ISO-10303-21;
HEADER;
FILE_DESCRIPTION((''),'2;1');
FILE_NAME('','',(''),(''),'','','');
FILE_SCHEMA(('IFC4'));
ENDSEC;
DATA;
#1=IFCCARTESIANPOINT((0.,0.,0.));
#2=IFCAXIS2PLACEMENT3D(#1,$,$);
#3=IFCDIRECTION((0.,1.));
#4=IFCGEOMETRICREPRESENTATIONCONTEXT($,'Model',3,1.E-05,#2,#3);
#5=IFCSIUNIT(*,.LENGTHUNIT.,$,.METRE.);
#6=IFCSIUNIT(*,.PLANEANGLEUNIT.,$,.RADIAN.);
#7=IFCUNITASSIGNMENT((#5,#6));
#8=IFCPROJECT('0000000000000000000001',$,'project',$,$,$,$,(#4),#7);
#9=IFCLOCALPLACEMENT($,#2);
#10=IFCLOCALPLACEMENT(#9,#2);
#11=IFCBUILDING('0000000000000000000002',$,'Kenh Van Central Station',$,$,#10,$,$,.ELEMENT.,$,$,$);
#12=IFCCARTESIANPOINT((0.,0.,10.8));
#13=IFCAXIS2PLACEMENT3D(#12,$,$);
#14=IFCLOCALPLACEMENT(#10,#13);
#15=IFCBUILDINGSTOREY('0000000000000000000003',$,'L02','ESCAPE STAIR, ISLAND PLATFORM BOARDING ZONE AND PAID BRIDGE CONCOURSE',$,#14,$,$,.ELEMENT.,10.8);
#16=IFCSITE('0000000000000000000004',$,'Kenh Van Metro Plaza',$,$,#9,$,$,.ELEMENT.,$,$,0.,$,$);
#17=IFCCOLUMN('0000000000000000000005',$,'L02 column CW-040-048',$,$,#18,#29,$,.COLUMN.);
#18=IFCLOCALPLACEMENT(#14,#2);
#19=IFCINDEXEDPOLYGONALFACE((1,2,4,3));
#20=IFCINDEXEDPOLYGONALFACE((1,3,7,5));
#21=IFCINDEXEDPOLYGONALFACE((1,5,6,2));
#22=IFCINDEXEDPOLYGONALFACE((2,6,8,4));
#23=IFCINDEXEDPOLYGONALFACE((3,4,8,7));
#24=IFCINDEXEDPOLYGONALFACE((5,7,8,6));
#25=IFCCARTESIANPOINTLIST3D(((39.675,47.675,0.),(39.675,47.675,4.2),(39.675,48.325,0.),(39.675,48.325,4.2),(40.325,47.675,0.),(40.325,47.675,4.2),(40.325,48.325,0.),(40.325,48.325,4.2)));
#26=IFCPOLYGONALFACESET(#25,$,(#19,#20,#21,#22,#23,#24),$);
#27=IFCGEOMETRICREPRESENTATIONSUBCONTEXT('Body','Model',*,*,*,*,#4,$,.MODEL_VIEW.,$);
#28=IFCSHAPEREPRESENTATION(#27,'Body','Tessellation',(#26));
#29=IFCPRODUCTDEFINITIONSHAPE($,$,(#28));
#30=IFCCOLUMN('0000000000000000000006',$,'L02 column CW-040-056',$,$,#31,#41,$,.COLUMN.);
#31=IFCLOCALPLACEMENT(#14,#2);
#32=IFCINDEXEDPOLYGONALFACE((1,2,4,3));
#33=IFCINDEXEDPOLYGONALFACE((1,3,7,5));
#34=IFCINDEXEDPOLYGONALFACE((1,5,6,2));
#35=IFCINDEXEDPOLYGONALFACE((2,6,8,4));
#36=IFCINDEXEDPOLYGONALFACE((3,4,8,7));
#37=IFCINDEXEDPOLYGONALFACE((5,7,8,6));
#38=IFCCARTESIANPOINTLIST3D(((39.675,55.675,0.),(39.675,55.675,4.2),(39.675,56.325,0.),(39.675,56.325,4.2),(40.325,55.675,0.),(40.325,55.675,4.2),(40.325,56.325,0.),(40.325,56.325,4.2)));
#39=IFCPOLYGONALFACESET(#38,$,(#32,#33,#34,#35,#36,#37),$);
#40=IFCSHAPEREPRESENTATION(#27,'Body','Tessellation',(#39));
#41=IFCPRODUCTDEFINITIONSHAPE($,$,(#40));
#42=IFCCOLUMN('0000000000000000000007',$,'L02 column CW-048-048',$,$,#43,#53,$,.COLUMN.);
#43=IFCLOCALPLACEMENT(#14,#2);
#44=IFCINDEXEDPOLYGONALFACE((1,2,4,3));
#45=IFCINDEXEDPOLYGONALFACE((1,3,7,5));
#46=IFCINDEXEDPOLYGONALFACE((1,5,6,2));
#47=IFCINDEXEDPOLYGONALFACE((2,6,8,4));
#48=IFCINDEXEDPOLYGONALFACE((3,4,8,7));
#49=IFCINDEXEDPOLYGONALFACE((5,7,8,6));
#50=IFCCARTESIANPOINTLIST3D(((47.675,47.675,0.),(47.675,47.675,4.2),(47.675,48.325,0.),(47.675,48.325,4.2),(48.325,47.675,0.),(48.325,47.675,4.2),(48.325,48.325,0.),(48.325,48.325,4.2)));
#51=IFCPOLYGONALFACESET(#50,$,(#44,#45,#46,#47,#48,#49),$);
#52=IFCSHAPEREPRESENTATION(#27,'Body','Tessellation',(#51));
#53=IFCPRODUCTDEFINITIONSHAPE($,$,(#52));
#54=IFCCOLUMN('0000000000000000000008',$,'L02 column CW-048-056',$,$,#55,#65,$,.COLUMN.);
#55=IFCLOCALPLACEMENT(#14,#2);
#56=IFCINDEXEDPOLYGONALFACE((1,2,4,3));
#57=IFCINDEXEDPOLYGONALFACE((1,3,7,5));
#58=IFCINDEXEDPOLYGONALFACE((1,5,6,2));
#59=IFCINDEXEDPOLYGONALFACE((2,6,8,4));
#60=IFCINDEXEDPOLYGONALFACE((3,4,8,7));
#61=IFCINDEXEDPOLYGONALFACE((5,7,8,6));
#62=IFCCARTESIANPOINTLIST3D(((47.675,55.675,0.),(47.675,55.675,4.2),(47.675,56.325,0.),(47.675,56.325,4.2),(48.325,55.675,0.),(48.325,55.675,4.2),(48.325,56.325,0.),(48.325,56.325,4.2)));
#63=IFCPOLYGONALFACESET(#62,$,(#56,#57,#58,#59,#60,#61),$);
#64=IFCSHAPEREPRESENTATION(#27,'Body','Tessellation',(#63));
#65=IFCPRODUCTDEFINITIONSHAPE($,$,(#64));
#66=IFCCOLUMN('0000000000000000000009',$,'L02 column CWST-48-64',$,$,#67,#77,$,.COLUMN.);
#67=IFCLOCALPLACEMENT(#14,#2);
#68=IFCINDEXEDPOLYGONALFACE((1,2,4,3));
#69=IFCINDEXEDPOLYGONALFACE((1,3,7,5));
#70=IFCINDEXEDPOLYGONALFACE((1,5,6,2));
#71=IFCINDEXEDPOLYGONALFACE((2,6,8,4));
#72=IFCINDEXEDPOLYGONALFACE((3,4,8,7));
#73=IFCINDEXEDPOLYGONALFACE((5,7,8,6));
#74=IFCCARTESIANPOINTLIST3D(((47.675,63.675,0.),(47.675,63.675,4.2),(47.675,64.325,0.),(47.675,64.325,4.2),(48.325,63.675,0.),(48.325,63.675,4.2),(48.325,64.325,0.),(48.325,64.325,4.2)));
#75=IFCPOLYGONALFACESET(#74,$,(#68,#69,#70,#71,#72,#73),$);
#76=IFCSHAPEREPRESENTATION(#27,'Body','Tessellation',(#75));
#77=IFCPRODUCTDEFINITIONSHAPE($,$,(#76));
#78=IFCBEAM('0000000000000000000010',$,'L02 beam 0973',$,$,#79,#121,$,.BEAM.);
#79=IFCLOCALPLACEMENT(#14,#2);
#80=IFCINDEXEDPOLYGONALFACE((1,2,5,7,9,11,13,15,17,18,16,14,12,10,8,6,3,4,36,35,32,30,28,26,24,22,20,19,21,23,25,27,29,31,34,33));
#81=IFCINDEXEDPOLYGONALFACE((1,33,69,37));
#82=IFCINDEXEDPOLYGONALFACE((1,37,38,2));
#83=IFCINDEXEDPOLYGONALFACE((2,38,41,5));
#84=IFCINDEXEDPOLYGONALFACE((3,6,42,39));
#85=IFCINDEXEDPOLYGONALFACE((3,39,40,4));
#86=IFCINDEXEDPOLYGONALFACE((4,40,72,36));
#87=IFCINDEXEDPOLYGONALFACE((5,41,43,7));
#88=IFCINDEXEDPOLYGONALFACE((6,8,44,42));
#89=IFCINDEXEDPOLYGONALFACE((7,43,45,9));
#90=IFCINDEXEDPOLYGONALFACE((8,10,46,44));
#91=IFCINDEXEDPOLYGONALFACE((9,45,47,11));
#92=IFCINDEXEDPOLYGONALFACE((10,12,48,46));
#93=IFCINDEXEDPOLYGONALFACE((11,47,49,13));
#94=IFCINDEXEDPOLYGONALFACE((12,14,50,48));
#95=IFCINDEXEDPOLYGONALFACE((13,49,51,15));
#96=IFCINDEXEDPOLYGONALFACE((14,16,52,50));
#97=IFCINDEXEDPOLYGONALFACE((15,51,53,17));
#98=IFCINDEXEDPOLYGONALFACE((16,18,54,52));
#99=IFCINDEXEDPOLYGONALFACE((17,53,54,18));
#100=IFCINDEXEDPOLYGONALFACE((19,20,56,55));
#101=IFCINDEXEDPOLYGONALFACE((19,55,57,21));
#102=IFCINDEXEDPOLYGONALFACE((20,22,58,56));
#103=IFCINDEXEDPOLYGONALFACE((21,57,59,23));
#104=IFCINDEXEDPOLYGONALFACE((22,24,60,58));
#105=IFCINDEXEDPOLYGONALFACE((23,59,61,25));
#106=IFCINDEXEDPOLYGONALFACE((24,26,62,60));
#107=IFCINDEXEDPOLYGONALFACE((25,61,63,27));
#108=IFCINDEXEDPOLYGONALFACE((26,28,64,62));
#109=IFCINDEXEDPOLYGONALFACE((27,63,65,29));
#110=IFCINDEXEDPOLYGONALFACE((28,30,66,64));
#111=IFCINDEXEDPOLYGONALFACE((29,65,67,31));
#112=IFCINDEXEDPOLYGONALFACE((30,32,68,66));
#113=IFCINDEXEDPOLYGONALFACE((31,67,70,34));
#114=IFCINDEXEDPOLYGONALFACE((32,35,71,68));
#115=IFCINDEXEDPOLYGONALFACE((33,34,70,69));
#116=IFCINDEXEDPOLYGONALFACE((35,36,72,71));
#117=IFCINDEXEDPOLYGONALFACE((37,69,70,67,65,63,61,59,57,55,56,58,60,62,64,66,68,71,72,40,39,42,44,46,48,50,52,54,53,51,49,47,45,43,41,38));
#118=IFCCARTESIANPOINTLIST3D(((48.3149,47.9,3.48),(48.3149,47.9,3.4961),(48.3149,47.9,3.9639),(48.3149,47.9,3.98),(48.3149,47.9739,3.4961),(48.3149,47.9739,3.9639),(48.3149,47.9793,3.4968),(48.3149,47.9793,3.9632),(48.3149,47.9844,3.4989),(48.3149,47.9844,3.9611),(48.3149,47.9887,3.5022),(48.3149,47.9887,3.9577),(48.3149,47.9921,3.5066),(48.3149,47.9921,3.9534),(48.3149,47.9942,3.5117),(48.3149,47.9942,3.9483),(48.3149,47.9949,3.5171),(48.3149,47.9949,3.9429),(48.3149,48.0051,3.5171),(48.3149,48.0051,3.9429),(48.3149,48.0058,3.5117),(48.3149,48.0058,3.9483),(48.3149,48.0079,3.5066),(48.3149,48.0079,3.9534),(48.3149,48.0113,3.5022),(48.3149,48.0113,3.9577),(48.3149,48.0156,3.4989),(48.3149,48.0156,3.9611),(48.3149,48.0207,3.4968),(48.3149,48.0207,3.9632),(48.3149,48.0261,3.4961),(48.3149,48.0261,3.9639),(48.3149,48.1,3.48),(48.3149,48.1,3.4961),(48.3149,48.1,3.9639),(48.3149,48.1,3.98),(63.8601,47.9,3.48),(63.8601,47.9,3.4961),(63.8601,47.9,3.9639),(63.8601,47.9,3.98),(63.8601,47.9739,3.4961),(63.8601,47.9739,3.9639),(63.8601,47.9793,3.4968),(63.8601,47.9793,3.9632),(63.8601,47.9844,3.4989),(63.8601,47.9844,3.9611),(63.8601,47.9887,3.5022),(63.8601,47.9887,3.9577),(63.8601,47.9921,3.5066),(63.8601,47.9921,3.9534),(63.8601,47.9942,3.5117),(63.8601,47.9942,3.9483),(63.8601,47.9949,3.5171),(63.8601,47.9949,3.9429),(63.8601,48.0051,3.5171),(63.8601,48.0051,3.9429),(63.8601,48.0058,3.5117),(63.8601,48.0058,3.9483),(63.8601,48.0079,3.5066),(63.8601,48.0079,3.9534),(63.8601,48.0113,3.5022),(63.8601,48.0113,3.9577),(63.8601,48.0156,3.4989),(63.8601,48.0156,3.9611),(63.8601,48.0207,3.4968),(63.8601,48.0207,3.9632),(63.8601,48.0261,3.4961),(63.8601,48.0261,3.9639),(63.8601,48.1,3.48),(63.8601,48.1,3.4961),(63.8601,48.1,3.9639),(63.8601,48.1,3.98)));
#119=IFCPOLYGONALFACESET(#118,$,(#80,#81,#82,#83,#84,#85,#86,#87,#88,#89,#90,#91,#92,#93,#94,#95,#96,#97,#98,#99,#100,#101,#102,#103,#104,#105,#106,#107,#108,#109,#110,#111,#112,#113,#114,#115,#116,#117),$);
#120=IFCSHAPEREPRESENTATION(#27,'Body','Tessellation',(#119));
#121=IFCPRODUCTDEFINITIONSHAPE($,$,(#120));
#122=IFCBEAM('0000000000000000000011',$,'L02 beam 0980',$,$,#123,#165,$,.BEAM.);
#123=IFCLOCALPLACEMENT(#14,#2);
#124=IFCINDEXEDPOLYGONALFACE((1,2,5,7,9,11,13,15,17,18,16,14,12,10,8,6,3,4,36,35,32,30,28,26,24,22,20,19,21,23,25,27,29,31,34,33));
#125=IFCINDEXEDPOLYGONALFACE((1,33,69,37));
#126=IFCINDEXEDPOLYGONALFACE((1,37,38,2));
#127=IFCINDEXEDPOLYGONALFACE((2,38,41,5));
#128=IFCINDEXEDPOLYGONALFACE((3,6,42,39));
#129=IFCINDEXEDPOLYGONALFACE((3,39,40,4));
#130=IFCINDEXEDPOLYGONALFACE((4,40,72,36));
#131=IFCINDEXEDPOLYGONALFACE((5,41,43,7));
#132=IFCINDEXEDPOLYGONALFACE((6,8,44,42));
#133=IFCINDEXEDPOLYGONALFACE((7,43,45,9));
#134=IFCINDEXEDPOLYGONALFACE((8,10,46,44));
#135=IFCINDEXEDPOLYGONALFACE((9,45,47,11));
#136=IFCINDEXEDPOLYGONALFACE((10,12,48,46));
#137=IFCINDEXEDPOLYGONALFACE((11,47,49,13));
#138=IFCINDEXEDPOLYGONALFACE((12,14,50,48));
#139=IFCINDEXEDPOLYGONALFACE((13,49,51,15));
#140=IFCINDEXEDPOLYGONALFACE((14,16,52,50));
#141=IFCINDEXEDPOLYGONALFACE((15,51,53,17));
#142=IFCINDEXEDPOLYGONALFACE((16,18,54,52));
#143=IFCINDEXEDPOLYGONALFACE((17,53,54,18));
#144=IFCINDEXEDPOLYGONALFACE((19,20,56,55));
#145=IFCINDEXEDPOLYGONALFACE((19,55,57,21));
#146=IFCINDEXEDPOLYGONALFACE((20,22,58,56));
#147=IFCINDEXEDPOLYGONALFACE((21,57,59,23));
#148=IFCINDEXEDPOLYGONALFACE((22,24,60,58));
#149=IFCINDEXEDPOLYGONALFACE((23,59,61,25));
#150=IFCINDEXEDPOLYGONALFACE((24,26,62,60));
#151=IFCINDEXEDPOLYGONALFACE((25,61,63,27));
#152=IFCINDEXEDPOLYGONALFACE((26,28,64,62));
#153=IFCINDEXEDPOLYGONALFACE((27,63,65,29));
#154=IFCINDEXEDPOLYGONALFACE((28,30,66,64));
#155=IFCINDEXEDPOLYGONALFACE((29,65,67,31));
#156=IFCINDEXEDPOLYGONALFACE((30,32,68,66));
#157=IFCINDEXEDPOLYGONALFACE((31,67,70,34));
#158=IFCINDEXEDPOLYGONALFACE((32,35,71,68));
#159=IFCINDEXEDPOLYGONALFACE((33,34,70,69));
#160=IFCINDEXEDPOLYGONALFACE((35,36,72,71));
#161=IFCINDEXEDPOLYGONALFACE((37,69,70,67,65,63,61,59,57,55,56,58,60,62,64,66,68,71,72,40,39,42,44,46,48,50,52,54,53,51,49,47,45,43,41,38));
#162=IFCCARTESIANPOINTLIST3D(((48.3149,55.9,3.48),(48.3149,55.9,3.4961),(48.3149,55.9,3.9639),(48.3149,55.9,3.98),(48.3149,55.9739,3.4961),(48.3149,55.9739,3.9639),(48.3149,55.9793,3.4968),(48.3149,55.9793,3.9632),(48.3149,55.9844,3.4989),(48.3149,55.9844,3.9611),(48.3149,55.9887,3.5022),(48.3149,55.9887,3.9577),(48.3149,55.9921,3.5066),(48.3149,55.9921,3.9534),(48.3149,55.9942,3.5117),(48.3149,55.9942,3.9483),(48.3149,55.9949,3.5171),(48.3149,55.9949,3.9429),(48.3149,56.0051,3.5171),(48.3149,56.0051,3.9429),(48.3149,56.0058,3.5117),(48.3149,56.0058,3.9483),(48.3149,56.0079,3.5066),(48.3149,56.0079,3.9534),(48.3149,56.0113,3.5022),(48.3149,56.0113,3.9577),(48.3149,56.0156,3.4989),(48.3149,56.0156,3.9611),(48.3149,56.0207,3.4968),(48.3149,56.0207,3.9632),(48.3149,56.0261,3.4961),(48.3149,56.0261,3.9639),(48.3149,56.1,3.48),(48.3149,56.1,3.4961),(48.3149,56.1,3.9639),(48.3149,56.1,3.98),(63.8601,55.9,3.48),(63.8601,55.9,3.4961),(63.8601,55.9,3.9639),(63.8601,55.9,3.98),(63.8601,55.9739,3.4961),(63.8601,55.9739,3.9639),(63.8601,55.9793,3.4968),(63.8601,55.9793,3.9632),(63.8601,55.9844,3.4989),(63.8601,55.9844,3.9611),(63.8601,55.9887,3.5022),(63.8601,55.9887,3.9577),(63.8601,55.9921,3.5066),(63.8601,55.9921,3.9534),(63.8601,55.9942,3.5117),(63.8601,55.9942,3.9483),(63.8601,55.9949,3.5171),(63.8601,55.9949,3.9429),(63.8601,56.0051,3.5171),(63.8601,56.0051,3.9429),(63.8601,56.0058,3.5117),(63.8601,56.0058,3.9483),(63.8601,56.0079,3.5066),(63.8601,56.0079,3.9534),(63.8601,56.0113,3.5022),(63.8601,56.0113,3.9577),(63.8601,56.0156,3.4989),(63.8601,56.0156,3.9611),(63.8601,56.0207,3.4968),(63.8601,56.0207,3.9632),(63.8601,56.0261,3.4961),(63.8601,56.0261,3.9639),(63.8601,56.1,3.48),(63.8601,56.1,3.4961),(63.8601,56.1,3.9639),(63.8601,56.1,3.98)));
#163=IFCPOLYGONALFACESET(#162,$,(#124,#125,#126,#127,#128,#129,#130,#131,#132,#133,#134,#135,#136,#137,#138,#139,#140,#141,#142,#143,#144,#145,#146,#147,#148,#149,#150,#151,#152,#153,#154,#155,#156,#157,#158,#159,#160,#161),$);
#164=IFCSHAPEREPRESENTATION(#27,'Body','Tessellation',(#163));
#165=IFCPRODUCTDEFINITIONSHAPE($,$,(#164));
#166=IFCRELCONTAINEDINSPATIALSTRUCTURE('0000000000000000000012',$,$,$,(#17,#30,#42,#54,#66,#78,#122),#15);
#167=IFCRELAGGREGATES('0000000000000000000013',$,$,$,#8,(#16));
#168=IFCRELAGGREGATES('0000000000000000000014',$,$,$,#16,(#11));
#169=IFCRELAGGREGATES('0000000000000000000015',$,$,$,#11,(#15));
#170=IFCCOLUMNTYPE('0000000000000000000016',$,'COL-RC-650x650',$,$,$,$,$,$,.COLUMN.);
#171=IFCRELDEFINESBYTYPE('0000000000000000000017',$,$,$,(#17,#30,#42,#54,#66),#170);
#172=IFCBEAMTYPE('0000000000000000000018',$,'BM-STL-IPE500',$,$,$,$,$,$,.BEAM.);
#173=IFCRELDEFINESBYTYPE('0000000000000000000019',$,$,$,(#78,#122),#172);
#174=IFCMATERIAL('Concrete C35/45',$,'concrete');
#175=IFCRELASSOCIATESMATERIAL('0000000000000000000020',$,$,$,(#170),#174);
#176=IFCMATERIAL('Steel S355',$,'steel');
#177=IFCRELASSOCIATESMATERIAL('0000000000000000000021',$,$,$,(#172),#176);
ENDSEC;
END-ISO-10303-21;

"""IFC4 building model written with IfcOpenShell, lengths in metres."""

from ifc_helpers import new_model, si_unit, direction, frame, origin, origin_2d, place, context, subcontext, project, spatial, rectangle, i_section, extrude, material, material_profile, profile_set, type_object, element, save


model = new_model("IFC4")

# Units and contexts
model_context = context("Model", 3, precision=1e-05, world=origin(), true_north=direction((0.0, 1.0)))
body_context = subcontext(model_context, "Body", "Model", "MODEL_VIEW")
ifc_project = project(units=[si_unit("LENGTHUNIT", "METRE"), si_unit("PLANEANGLEUNIT", "RADIAN")], contexts=[model_context])

# Site, building, storey
site_placement = place(None, origin())
site = spatial("IfcSite", under=ifc_project, at=site_placement, Name="Kenh Van Metro Plaza", CompositionType="ELEMENT", RefElevation=0.0)
building_placement = place(site_placement, origin())
building = spatial("IfcBuilding", under=site, at=building_placement, Name="Kenh Van Central Station", CompositionType="ELEMENT")
storey_placement = place(building_placement, frame((0.0, 0.0, 10.8)))
storey = spatial("IfcBuildingStorey", under=building, at=storey_placement, Name="L02", Description="ESCAPE STAIR, ISLAND PLATFORM BOARDING ZONE AND PAID BRIDGE CONCOURSE", CompositionType="ELEMENT", Elevation=10.8)

# Columns
ifc_material_1 = material(Name="Concrete C35/45", Category="concrete")
ifc_material_profile_1 = material_profile(ifc_material_1, rectangle(XDim=0.6499, YDim=0.6499, at=origin_2d()), Name="RC 650x650")
ifc_profile_set_1 = profile_set([ifc_material_profile_1], Name="Concrete C35/45")
column_type = type_object("IfcColumnType", Name="COL-RC-650x650", PredefinedType="COLUMN", material=ifc_profile_set_1)
for number, where, z_axis, x_axis, name in (
    (1, (40.0, 48.0, 0.0), (0.0, 0.0, 1.0), (1.0, 0.0, 0.0), "L02 column CW-040-048"),
    (2, (40.0, 56.0, 0.0), (0.0, 0.0, 1.0), (1.0, 0.0, 0.0), "L02 column CW-040-056"),
    (3, (48.0, 48.0, 0.0), (0.0, 0.0, 1.0), (1.0, 0.0, 0.0), "L02 column CW-048-048"),
    (4, (48.0, 56.0, 0.0), (0.0, 0.0, 1.0), (1.0, 0.0, 0.0), "L02 column CW-048-056"),
    (5, (48.0, 64.0, 0.0), (0.0, 0.0, 1.0), (1.0, 0.0, 0.0), "L02 column CWST-48-64"),
):
    element("IfcColumn", number, at=place(storey_placement, frame(where, z_axis=z_axis, x_axis=x_axis)), inside=storey, type_object=column_type, Name=name, PredefinedType="COLUMN", context=body_context, shape_type="SweptSolid", body=[
        extrude(rectangle(XDim=0.6499, YDim=0.6499, at=origin_2d()), origin(), (0.0, 0.0, 1.0), 4.2),
    ])

# Beams
ifc_material_2 = material(Name="Steel S355", Category="steel")
ifc_material_profile_2 = material_profile(ifc_material_2, i_section(OverallWidth=0.2, OverallDepth=0.5, WebThickness=0.0103, FlangeThickness=0.0161, FilletRadius=0.021, at=origin_2d()), Name="IPE 500")
ifc_profile_set_2 = profile_set([ifc_material_profile_2], Name="Steel S355")
beam_type_1 = type_object("IfcBeamType", Name="BM-STL-IPE500", PredefinedType="BEAM", material=ifc_profile_set_2)
for number, where, z_axis, x_axis, name in (
    (6, (48.3149, 48.0, 3.73), (1.0, 0.0, 0.0), (0.0, 1.0, 0.0), "L02 beam 0973"),
    (7, (48.3149, 56.0, 3.73), (1.0, 0.0, 0.0), (0.0, 1.0, 0.0), "L02 beam 0980"),
):
    element("IfcBeam", number, at=place(storey_placement, frame(where, z_axis=z_axis, x_axis=x_axis)), inside=storey, type_object=beam_type_1, Name=name, PredefinedType="BEAM", context=body_context, shape_type="SweptSolid", body=[
        extrude(i_section(OverallWidth=0.2, OverallDepth=0.5, WebThickness=0.0103, FlangeThickness=0.0161, FilletRadius=0.021, at=origin_2d()), origin(), (0.0, 0.0, 1.0), 15.5452),
    ])

save(model, "model.ifc")
